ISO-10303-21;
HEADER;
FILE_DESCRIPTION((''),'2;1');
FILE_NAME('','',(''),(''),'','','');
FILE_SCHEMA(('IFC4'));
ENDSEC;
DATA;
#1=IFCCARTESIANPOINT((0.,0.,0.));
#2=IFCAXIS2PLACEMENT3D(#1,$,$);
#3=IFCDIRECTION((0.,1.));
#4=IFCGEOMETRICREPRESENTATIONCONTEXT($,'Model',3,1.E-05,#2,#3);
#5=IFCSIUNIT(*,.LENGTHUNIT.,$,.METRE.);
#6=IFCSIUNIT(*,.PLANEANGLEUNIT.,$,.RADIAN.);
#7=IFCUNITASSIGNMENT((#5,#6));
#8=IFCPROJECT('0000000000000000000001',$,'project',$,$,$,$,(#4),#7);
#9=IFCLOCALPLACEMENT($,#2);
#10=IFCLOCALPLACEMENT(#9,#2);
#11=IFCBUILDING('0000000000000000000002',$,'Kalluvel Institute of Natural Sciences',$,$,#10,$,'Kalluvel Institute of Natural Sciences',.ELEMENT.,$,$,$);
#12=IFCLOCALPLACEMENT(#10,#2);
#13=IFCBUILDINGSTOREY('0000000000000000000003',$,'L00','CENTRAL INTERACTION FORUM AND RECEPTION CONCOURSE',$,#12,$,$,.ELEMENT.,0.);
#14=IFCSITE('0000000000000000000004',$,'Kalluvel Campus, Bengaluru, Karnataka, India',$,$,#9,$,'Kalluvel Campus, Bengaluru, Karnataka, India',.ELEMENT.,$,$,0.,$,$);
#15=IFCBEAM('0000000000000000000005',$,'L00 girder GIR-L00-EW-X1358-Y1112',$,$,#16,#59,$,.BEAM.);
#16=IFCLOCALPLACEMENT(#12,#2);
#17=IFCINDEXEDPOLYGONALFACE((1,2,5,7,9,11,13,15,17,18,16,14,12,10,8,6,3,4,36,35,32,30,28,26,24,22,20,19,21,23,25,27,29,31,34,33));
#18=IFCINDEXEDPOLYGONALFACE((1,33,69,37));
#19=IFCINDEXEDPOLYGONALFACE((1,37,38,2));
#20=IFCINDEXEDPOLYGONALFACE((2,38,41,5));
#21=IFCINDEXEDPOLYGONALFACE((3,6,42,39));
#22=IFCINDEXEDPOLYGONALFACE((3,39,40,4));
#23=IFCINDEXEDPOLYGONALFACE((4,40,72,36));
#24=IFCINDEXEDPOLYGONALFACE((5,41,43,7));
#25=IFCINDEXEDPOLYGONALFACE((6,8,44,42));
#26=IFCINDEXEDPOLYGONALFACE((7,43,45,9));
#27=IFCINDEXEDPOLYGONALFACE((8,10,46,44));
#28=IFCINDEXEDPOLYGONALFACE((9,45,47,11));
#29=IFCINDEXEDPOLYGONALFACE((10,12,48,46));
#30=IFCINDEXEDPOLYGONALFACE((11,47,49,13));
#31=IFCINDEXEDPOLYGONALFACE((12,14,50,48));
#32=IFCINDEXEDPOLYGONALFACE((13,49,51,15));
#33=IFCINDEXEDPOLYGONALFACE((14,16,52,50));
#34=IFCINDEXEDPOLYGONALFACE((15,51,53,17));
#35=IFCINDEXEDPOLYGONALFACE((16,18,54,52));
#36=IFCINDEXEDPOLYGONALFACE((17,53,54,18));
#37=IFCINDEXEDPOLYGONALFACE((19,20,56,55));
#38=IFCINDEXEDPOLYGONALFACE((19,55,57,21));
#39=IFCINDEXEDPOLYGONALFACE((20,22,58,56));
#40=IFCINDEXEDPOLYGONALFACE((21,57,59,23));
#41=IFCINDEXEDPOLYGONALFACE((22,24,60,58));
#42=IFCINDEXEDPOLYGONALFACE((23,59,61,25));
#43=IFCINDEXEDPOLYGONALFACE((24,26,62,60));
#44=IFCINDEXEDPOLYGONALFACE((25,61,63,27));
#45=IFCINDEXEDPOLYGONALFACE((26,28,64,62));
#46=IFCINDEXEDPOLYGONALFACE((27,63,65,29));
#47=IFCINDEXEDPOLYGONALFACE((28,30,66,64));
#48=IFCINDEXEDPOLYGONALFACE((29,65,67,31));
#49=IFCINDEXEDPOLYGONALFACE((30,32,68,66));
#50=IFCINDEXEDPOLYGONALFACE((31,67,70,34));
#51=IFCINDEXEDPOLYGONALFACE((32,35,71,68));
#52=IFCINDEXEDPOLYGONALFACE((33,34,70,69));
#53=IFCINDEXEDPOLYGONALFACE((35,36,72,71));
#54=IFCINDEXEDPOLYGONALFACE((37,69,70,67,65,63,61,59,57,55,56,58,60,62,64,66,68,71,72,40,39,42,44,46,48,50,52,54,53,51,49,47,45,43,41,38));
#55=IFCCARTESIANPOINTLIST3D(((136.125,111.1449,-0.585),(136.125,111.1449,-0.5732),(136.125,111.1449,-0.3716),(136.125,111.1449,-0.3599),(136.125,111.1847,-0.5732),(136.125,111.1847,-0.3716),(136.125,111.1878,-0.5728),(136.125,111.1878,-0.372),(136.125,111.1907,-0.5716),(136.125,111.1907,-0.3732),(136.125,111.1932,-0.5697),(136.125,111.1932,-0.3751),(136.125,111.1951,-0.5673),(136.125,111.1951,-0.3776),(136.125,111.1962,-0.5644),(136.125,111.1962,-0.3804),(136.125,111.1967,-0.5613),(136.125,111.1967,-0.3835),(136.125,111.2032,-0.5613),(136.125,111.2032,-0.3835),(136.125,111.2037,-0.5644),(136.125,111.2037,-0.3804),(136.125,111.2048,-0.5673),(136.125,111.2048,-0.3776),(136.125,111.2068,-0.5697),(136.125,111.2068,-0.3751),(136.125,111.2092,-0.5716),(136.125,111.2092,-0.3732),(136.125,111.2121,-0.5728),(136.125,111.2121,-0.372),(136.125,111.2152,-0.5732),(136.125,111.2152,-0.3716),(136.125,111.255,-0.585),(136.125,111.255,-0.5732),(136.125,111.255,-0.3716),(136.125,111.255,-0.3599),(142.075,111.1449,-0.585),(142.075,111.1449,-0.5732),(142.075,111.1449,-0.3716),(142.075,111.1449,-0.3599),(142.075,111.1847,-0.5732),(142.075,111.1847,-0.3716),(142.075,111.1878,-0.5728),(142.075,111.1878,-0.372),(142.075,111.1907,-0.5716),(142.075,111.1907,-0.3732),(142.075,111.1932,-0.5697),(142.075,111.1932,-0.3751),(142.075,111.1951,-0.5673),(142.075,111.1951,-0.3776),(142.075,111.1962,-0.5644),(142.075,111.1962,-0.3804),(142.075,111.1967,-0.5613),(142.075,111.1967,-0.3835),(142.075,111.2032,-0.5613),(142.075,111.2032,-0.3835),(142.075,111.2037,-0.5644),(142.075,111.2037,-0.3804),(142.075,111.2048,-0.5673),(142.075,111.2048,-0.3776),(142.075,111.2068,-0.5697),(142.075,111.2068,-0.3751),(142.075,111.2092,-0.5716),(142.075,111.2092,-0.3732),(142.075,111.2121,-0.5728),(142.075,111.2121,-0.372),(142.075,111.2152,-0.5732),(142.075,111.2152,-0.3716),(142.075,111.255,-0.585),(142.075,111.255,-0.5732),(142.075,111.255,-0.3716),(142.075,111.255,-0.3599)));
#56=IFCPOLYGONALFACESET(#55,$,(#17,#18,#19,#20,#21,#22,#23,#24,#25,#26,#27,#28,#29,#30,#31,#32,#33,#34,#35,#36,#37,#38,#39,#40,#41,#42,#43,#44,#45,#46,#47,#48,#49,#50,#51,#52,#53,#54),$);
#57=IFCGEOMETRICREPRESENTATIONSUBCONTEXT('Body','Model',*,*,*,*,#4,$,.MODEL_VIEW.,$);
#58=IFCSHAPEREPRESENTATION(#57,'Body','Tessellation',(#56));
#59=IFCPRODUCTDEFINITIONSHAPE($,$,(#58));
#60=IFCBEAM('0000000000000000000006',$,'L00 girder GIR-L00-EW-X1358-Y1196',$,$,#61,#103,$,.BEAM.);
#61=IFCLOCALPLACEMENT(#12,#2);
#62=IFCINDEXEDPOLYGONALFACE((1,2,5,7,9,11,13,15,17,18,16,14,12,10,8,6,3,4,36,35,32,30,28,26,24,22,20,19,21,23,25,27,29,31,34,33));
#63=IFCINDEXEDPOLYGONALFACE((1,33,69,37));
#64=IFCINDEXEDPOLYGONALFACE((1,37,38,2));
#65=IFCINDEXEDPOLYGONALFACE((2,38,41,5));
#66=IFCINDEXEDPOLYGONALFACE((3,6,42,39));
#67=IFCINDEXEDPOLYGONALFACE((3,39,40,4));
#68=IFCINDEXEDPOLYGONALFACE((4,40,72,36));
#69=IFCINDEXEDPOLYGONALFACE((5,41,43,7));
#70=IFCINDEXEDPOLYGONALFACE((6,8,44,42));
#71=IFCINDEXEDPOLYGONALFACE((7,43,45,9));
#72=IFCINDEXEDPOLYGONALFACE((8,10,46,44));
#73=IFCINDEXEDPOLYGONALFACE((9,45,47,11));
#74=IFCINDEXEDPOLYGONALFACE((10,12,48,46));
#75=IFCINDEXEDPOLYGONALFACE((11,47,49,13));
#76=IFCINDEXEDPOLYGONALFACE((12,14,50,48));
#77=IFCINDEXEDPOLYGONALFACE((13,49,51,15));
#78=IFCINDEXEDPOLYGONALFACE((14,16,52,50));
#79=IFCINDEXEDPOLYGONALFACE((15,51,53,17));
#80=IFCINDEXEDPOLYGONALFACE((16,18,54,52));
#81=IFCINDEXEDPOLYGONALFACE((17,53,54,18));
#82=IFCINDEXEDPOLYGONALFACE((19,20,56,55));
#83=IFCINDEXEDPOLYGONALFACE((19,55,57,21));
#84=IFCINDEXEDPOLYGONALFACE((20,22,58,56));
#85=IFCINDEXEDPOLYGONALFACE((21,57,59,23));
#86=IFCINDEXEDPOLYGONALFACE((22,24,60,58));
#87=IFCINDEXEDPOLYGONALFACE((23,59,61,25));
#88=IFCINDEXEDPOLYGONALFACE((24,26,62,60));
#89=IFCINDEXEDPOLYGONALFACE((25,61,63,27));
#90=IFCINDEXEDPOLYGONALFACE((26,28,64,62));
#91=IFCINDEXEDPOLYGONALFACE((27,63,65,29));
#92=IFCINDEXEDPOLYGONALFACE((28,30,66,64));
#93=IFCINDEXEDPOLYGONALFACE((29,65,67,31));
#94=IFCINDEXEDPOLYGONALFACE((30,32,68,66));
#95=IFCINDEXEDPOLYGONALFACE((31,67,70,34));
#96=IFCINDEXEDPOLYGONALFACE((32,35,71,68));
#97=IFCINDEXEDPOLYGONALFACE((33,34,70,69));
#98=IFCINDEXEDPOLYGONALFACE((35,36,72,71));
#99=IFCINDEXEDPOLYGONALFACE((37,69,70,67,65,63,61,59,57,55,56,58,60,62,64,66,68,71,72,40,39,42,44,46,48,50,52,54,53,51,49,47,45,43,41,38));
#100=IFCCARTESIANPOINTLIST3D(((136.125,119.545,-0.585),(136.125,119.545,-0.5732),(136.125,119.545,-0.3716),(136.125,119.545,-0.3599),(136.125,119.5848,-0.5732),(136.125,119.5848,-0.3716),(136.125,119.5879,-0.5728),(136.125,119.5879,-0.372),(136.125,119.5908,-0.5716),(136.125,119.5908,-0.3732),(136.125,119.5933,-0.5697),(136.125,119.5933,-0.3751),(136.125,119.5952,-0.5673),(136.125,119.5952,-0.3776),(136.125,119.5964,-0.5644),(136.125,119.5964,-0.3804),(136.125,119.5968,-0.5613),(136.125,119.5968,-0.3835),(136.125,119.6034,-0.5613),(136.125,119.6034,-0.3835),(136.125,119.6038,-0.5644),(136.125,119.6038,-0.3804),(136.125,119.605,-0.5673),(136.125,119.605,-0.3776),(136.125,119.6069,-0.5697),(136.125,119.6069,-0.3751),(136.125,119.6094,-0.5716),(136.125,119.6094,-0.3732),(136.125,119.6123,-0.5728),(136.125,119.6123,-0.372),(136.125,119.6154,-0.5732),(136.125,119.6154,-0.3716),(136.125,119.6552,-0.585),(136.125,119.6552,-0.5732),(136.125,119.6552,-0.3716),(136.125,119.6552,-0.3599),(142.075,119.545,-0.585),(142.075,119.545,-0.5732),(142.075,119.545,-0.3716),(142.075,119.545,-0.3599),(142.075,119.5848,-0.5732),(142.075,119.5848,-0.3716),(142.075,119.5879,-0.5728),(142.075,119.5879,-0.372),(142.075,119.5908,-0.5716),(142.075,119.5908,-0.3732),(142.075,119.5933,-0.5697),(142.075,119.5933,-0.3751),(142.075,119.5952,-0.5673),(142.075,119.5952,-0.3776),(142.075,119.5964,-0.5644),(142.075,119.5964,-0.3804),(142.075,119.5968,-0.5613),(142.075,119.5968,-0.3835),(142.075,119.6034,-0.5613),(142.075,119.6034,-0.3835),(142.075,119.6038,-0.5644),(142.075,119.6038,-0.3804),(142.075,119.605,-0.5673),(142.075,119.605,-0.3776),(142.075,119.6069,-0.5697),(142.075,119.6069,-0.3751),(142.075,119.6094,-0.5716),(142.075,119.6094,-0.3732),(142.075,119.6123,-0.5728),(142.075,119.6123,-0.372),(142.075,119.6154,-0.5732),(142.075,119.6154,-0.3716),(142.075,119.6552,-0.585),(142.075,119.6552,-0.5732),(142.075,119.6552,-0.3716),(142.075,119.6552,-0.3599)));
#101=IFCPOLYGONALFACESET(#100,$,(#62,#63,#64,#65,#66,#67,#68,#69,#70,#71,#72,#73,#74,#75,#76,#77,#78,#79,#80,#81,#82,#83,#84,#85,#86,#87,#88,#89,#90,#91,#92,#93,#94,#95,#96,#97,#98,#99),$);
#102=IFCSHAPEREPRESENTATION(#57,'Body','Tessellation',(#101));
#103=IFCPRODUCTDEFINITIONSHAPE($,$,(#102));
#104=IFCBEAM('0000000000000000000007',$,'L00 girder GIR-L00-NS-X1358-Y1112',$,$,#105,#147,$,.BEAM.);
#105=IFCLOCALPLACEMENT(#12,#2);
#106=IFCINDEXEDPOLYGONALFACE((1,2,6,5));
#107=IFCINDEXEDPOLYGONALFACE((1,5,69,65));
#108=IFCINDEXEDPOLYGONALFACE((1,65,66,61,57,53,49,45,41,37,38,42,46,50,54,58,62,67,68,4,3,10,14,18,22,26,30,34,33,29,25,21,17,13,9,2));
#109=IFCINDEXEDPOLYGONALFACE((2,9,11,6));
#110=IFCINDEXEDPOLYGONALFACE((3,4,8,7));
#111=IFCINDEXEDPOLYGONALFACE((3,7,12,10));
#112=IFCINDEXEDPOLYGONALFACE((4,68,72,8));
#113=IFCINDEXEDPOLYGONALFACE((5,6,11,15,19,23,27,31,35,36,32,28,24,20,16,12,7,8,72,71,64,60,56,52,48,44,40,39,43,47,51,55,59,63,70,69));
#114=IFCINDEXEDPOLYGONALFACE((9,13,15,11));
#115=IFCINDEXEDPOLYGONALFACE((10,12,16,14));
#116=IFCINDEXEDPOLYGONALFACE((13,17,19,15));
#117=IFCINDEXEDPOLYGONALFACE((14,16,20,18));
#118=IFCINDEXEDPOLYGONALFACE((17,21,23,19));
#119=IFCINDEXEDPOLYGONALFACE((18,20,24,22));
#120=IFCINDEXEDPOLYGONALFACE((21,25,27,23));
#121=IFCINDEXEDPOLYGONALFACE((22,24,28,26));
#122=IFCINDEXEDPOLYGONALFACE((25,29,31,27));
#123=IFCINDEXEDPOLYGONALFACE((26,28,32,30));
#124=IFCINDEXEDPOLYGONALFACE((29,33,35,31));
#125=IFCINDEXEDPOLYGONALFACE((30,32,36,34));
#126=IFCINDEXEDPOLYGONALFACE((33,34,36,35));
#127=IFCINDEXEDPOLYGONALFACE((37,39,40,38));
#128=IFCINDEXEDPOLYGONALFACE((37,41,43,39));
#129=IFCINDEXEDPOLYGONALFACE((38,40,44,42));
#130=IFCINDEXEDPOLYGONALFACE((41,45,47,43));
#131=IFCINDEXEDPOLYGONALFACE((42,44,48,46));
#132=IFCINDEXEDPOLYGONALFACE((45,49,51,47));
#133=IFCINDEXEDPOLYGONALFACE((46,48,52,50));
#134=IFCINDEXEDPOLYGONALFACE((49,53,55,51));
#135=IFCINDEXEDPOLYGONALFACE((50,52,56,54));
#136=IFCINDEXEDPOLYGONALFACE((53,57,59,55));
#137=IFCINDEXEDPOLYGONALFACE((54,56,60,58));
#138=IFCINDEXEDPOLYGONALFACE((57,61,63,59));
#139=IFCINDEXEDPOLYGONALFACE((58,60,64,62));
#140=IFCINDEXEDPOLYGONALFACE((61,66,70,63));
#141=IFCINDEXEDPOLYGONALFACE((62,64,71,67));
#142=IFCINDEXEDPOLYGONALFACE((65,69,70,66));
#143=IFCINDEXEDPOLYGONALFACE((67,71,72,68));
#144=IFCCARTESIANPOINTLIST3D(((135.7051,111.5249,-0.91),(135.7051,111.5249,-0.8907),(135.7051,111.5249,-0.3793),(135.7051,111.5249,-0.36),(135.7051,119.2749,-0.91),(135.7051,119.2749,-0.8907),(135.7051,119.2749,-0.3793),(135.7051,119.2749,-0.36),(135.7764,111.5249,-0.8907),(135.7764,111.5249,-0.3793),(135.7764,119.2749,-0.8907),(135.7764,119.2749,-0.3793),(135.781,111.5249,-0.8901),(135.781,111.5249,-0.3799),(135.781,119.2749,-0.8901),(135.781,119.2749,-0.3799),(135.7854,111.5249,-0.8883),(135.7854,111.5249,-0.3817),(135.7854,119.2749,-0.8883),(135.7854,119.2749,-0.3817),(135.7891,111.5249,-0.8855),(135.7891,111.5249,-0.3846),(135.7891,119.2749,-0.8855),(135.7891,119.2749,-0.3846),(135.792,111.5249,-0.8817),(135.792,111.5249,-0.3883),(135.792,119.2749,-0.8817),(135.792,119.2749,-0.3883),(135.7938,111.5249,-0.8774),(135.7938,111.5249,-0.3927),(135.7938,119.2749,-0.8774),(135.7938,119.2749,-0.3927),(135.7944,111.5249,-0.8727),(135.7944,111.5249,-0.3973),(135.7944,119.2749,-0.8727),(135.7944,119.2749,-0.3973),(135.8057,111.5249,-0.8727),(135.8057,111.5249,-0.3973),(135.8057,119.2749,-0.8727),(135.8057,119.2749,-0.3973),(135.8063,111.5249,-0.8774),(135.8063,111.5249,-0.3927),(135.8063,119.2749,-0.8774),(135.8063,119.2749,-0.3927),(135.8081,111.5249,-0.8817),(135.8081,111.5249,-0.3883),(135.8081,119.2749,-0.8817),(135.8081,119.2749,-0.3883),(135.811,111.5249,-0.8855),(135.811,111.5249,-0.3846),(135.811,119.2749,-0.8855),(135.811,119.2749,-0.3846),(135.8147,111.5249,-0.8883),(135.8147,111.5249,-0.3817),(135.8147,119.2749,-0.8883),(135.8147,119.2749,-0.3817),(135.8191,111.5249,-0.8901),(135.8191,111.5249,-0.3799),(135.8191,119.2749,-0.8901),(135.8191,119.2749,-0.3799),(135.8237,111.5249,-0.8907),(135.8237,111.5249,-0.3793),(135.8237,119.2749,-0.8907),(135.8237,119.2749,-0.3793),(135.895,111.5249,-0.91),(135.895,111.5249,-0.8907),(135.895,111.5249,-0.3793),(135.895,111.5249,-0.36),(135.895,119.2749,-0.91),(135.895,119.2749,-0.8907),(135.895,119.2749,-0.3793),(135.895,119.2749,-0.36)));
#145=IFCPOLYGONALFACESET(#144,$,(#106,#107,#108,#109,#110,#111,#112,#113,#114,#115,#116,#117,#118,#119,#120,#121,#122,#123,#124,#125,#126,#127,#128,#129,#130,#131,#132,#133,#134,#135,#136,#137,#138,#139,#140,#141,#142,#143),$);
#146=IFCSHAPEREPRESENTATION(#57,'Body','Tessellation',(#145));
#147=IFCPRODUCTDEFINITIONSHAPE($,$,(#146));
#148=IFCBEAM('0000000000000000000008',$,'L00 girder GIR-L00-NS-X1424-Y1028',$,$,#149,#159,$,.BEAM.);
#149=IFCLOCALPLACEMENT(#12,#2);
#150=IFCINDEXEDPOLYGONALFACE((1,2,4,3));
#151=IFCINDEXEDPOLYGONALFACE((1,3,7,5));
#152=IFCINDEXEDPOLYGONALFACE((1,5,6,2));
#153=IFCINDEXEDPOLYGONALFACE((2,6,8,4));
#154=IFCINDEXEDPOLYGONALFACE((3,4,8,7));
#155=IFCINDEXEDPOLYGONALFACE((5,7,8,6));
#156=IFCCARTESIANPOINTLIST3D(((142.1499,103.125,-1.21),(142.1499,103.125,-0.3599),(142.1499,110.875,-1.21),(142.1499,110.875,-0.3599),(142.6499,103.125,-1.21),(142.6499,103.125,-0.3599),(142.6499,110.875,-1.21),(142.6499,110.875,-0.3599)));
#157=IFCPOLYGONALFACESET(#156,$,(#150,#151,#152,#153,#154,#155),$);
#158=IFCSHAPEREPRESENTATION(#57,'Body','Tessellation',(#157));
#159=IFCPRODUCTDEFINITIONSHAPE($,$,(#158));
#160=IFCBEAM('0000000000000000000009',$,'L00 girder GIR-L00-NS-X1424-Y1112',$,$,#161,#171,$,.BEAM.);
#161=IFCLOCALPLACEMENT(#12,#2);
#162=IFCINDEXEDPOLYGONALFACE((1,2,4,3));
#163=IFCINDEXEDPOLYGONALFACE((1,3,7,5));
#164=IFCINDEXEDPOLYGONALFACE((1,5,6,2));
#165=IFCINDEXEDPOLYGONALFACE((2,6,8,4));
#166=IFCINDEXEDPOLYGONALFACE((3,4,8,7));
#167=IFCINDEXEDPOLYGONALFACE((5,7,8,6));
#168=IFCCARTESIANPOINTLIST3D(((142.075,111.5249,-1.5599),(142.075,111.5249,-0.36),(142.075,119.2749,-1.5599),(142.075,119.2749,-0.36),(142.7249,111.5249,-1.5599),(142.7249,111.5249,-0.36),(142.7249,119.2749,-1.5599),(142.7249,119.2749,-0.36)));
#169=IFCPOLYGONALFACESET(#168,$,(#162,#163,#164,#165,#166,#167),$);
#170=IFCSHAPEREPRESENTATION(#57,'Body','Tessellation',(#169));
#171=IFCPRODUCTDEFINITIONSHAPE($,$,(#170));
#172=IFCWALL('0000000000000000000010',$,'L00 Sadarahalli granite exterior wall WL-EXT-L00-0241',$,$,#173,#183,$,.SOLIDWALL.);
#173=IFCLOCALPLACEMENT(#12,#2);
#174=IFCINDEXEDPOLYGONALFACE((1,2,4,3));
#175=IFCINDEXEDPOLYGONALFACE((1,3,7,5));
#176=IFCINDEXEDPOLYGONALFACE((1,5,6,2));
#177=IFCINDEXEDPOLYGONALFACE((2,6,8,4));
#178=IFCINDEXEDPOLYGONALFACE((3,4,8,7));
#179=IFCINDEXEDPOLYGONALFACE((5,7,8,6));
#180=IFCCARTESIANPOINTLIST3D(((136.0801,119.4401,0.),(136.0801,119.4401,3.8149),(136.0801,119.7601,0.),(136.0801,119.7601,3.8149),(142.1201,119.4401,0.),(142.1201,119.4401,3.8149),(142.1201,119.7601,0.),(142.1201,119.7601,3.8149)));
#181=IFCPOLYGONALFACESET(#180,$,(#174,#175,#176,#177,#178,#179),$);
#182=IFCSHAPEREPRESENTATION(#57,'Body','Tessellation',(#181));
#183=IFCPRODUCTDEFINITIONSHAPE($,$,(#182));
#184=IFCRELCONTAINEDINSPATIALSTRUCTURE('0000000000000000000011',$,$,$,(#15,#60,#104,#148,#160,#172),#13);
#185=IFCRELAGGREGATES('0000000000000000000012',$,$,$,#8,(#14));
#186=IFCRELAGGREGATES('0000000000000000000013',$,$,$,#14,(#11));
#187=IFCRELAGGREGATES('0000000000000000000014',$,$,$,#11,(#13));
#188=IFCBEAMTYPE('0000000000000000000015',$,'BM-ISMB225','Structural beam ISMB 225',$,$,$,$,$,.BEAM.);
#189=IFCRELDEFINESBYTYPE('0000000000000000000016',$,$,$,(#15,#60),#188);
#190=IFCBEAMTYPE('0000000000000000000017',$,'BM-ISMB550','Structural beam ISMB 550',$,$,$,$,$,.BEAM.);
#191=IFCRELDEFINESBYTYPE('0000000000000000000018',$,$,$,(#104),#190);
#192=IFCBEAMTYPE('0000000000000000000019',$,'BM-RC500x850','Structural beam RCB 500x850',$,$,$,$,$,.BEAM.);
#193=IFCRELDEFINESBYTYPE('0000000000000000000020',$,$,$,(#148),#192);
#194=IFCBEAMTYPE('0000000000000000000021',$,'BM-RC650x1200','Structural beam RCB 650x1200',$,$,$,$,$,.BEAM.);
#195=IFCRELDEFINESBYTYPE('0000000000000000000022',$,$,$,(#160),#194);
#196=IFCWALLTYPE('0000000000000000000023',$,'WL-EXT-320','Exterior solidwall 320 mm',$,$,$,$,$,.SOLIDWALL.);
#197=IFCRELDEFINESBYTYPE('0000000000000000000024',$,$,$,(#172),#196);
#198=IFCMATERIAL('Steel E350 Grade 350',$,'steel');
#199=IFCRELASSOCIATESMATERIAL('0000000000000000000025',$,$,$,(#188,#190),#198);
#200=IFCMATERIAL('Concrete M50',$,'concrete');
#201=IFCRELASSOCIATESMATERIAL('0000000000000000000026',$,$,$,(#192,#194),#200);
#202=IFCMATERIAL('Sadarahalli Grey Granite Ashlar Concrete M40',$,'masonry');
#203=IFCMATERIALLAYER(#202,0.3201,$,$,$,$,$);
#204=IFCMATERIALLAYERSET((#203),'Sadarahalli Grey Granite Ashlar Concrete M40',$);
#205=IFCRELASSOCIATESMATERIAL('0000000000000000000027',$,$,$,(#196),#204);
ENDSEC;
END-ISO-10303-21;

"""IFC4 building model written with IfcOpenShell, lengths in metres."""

from ifc_helpers import new_model, si_unit, direction, frame, frame_2d, origin, origin_2d, place, context, subcontext, project, spatial, rectangle, i_section, extrude, material, layer, layer_set, material_profile, profile_set, type_object, element, save


model = new_model("IFC4")

# Units and contexts
model_context = context("Model", 3, precision=1e-05, world=origin(), true_north=direction((0.0, 1.0)))
body_context = subcontext(model_context, "Body", "Model", "MODEL_VIEW")
ifc_project = project(units=[si_unit("LENGTHUNIT", "METRE"), si_unit("PLANEANGLEUNIT", "RADIAN")], contexts=[model_context])

# Site, building, storey
site_placement = place(None, origin())
site = spatial("IfcSite", under=ifc_project, at=site_placement, Name="Kalluvel Campus, Bengaluru, Karnataka, India", LongName="Kalluvel Campus, Bengaluru, Karnataka, India", CompositionType="ELEMENT", RefElevation=0.0)
building_placement = place(site_placement, origin())
building = spatial("IfcBuilding", under=site, at=building_placement, Name="Kalluvel Institute of Natural Sciences", LongName="Kalluvel Institute of Natural Sciences", CompositionType="ELEMENT")
storey_placement = place(building_placement, origin())
storey = spatial("IfcBuildingStorey", under=building, at=storey_placement, Name="L00", Description="CENTRAL INTERACTION FORUM AND RECEPTION CONCOURSE", CompositionType="ELEMENT", Elevation=0.0)

# Beams
ifc_material_1 = material(Name="Steel E350 Grade 350", Category="steel")
ifc_material_profile_1 = material_profile(ifc_material_1, i_section(OverallWidth=0.1101, OverallDepth=0.2251, WebThickness=0.0066, FlangeThickness=0.0117, FilletRadius=0.012, at=origin_2d()), Name="ISMB 225")
ifc_profile_set_1 = profile_set([ifc_material_profile_1], Name="Steel E350 Grade 350")
beam_type_1 = type_object("IfcBeamType", Name="BM-ISMB225", Description="Structural beam ISMB 225", PredefinedType="BEAM", material=ifc_profile_set_1)
for number, where, z_axis, x_axis, name in (
    (1, (136.125, 111.2, -0.4724), (1.0, 0.0, 0.0), (0.0, 1.0, 0.0), "L00 girder GIR-L00-EW-X1358-Y1112"),
    (2, (136.125, 119.6001, -0.4724), (1.0, 0.0, 0.0), (0.0, 1.0, 0.0), "L00 girder GIR-L00-EW-X1358-Y1196"),
):
    element("IfcBeam", number, at=place(storey_placement, frame(where, z_axis=z_axis, x_axis=x_axis)), inside=storey, type_object=beam_type_1, Name=name, PredefinedType="BEAM", context=body_context, shape_type="SweptSolid", body=[
        extrude(i_section(OverallWidth=0.1101, OverallDepth=0.2251, WebThickness=0.0066, FlangeThickness=0.0117, FilletRadius=0.012, at=origin_2d()), origin(), (0.0, 0.0, 1.0), 5.95),
    ])
ifc_material_profile_2 = material_profile(ifc_material_1, i_section(OverallWidth=0.1899, OverallDepth=0.55, WebThickness=0.0112, FlangeThickness=0.0193, FilletRadius=0.0181, at=origin_2d()), Name="ISMB 550")
ifc_profile_set_2 = profile_set([ifc_material_profile_2], Name="Steel E350 Grade 350")
beam_type_2 = type_object("IfcBeamType", Name="BM-ISMB550", Description="Structural beam ISMB 550", PredefinedType="BEAM", material=ifc_profile_set_2)
beam_1_placement = place(storey_placement, frame((135.8, 111.5249, -0.635), z_axis=(0.0, 1.0, 0.0), x_axis=(-1.0, 0.0, 0.0)))
element("IfcBeam", 3, at=beam_1_placement, inside=storey, type_object=beam_type_2, Name="L00 girder GIR-L00-NS-X1358-Y1112", PredefinedType="BEAM", context=body_context, shape_type="SweptSolid", body=[
    extrude(i_section(OverallWidth=0.1899, OverallDepth=0.55, WebThickness=0.0112, FlangeThickness=0.0193, FilletRadius=0.0181, at=origin_2d()), origin(), (0.0, 0.0, 1.0), 7.75),
])
ifc_material_2 = material(Name="Concrete M50", Category="concrete")
ifc_material_profile_3 = material_profile(ifc_material_2, rectangle(XDim=0.5, YDim=0.8501, at=origin_2d()), Name="RCB 500x850")
ifc_profile_set_3 = profile_set([ifc_material_profile_3], Name="Concrete M50")
beam_type_3 = type_object("IfcBeamType", Name="BM-RC500x850", Description="Structural beam RCB 500x850", PredefinedType="BEAM", material=ifc_profile_set_3)
beam_2_placement = place(storey_placement, frame((142.3999, 103.125, -0.7849), z_axis=(0.0, 1.0, 0.0), x_axis=(-1.0, 0.0, 0.0)))
element("IfcBeam", 4, at=beam_2_placement, inside=storey, type_object=beam_type_3, Name="L00 girder GIR-L00-NS-X1424-Y1028", PredefinedType="BEAM", context=body_context, shape_type="SweptSolid", body=[
    extrude(rectangle(XDim=0.5, YDim=0.8501, at=origin_2d()), origin(), (0.0, 0.0, 1.0), 7.75),
])
ifc_material_profile_4 = material_profile(ifc_material_2, rectangle(XDim=0.6499, YDim=1.2, at=origin_2d()), Name="RCB 650x1200")
ifc_profile_set_4 = profile_set([ifc_material_profile_4], Name="Concrete M50")
beam_type_4 = type_object("IfcBeamType", Name="BM-RC650x1200", Description="Structural beam RCB 650x1200", PredefinedType="BEAM", material=ifc_profile_set_4)
beam_3_placement = place(storey_placement, frame((142.3999, 111.5249, -0.96), z_axis=(0.0, 1.0, 0.0), x_axis=(-1.0, 0.0, 0.0)))
element("IfcBeam", 5, at=beam_3_placement, inside=storey, type_object=beam_type_4, Name="L00 girder GIR-L00-NS-X1424-Y1112", PredefinedType="BEAM", context=body_context, shape_type="SweptSolid", body=[
    extrude(rectangle(XDim=0.6499, YDim=1.2, at=origin_2d()), origin(), (0.0, 0.0, 1.0), 7.75),
])

# Wall
ifc_material_3 = material(Name="Sadarahalli Grey Granite Ashlar Concrete M40", Category="masonry")
ifc_layer_1 = layer(ifc_material_3, 0.3201)
ifc_layer_set_1 = layer_set([ifc_layer_1], Name="Sadarahalli Grey Granite Ashlar Concrete M40")
wall_type_1 = type_object("IfcWallType", Name="WL-EXT-320", Description="Exterior solidwall 320 mm", PredefinedType="SOLIDWALL", material=ifc_layer_set_1)
wall_1_placement = place(storey_placement, frame((136.0801, 119.6001, 0.0), z_axis=(0.0, 0.0, 1.0), x_axis=(1.0, 0.0, 0.0)))
element("IfcWall", 6, at=wall_1_placement, inside=storey, type_object=wall_type_1, Name="L00 Sadarahalli granite exterior wall WL-EXT-L00-0241", PredefinedType="SOLIDWALL", context=body_context, shape_type="SweptSolid", body=[
    extrude(rectangle(XDim=6.04, YDim=0.3201, at=frame_2d((3.02, 0.0))), origin(), (0.0, 0.0, 1.0), 3.8149),
])

save(model, "model.ifc")
